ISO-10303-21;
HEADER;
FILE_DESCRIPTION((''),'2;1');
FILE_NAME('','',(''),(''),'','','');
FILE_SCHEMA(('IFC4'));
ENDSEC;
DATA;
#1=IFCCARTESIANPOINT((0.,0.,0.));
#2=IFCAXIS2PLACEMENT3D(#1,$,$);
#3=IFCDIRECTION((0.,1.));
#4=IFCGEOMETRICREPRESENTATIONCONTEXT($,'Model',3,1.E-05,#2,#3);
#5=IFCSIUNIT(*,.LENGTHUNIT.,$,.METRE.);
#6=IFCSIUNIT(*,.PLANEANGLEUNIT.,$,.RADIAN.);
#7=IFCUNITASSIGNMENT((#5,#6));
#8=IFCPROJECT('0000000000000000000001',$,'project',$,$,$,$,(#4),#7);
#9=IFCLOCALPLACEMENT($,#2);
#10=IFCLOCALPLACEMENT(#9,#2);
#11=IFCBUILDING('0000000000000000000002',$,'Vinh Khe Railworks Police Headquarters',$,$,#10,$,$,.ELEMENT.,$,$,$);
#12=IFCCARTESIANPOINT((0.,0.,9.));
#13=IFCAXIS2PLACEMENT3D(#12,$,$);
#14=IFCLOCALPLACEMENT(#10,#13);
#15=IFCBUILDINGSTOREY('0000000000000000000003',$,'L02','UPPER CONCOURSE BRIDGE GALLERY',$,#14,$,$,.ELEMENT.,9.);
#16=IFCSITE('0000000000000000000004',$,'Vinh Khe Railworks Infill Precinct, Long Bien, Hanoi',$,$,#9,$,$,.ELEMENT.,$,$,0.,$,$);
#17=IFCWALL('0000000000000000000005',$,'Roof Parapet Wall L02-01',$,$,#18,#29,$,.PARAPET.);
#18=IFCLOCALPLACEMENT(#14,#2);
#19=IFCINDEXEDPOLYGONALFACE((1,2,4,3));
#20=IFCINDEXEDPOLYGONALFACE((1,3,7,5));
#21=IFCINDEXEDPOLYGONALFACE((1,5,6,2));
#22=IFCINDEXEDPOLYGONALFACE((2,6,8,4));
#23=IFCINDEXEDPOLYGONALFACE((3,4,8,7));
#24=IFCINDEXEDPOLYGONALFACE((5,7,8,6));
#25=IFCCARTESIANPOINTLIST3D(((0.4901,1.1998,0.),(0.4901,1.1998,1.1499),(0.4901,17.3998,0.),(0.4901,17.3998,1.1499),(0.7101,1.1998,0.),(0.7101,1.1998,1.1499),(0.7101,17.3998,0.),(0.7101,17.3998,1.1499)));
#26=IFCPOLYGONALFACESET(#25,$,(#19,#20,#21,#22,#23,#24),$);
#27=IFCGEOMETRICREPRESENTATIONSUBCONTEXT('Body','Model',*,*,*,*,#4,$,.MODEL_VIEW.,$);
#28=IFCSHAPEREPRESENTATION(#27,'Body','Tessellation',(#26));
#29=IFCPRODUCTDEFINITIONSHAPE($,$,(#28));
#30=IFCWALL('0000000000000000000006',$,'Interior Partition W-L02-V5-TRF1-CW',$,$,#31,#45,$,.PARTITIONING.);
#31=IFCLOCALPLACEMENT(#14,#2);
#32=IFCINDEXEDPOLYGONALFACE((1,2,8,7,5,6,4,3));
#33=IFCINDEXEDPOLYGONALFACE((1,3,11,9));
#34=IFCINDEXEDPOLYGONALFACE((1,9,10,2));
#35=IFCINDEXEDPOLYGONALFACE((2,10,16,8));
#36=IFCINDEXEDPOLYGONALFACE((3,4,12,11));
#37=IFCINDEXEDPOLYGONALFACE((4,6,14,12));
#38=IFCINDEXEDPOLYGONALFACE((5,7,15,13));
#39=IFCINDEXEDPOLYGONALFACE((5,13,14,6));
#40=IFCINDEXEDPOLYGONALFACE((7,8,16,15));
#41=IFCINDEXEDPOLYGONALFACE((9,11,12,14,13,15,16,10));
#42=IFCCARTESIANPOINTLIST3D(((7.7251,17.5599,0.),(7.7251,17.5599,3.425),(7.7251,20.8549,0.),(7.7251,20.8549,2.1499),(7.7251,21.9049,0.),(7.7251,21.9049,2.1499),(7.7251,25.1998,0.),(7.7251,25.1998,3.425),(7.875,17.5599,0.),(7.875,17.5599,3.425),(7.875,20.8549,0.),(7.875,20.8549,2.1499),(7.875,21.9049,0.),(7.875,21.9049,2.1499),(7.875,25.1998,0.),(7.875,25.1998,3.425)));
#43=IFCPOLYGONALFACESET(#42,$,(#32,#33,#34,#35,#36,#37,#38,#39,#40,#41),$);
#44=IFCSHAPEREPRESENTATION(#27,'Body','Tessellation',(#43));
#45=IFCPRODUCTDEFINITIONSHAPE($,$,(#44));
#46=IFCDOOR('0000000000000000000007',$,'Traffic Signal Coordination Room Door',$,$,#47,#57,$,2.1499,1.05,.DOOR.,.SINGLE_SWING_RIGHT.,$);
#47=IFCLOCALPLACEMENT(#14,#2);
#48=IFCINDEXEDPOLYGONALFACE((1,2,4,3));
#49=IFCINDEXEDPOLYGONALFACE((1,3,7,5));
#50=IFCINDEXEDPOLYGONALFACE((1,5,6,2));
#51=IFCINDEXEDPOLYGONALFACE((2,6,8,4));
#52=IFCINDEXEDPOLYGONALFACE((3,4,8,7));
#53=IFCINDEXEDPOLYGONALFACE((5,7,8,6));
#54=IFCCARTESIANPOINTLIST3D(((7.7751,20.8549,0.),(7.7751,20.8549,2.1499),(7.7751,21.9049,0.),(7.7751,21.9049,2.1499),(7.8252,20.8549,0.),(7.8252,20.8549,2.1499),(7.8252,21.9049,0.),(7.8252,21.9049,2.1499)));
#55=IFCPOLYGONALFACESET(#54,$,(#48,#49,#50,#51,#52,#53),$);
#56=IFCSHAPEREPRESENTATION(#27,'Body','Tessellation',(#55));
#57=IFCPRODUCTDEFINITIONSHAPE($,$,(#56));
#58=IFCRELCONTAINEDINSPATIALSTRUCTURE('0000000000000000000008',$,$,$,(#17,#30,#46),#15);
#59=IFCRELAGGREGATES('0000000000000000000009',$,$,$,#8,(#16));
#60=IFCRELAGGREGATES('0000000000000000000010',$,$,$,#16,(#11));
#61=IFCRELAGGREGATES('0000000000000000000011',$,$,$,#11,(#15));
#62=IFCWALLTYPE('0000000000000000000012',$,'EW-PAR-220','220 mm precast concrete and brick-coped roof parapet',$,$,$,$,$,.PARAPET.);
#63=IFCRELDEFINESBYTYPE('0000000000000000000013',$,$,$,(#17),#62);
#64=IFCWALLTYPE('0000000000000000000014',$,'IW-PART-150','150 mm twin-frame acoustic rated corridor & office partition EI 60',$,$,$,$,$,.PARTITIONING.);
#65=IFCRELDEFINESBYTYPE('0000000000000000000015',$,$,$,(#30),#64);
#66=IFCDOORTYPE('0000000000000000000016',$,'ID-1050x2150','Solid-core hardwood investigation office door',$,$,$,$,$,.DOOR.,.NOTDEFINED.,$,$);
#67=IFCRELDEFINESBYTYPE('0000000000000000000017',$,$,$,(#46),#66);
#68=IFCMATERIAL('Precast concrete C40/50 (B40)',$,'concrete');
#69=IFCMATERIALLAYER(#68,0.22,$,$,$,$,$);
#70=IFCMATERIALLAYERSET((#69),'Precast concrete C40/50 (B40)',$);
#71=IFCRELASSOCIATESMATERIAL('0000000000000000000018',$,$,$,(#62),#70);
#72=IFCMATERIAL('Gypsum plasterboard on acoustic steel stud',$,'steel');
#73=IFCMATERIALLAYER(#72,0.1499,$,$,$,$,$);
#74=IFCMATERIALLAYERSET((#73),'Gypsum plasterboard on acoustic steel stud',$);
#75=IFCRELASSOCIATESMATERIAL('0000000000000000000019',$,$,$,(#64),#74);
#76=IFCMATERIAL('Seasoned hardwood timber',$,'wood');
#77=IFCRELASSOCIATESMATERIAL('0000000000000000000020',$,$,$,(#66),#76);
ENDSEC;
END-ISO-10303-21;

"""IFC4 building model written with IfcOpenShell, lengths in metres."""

from ifc_helpers import new_model, si_unit, direction, frame, frame_2d, origin, place, context, subcontext, project, spatial, rectangle, extrude, material, layer, layer_set, type_object, element, fill, save


model = new_model("IFC4")

# Units and contexts
model_context = context("Model", 3, precision=1e-05, world=origin(), true_north=direction((0.0, 1.0)))
body_context = subcontext(model_context, "Body", "Model", "MODEL_VIEW")
ifc_project = project(units=[si_unit("LENGTHUNIT", "METRE"), si_unit("PLANEANGLEUNIT", "RADIAN")], contexts=[model_context])

# Site, building, storey
site_placement = place(None, origin())
site = spatial("IfcSite", under=ifc_project, at=site_placement, Name="Vinh Khe Railworks Infill Precinct, Long Bien, Hanoi", CompositionType="ELEMENT", RefElevation=0.0)
building_placement = place(site_placement, origin())
building = spatial("IfcBuilding", under=site, at=building_placement, Name="Vinh Khe Railworks Police Headquarters", CompositionType="ELEMENT")
storey_placement = place(building_placement, frame((0.0, 0.0, 9.0)))
storey = spatial("IfcBuildingStorey", under=building, at=storey_placement, Name="L02", Description="UPPER CONCOURSE BRIDGE GALLERY", CompositionType="ELEMENT", Elevation=9.0)

# Wall
ifc_material_1 = material(Name="Precast concrete C40/50 (B40)", Category="concrete")
ifc_layer_1 = layer(ifc_material_1, 0.22)
ifc_layer_set_1 = layer_set([ifc_layer_1], Name="Precast concrete C40/50 (B40)")
wall_type_1 = type_object("IfcWallType", Name="EW-PAR-220", Description="220 mm precast concrete and brick-coped roof parapet", PredefinedType="PARAPET", material=ifc_layer_set_1)
wall_1_placement = place(storey_placement, frame((0.6001, 17.3999, 0.0), z_axis=(0.0, 0.0, 1.0), x_axis=(0.0, -1.0, 0.0)))
element("IfcWall", 1, at=wall_1_placement, inside=storey, type_object=wall_type_1, Name="Roof Parapet Wall L02-01", PredefinedType="PARAPET", context=body_context, shape_type="SweptSolid", body=[
    extrude(rectangle(XDim=16.2, YDim=0.22, at=frame_2d((8.1001, 0.0))), origin(), (0.0, 0.0, 1.0), 1.1499),
])

# Wall, opening, door
ifc_material_2 = material(Name="Gypsum plasterboard on acoustic steel stud", Category="steel")
ifc_layer_2 = layer(ifc_material_2, 0.1499)
ifc_layer_set_2 = layer_set([ifc_layer_2], Name="Gypsum plasterboard on acoustic steel stud")
wall_type_2 = type_object("IfcWallType", Name="IW-PART-150", Description="150 mm twin-frame acoustic rated corridor & office partition EI 60", PredefinedType="PARTITIONING", material=ifc_layer_set_2)
wall_2_placement = place(storey_placement, frame((7.8, 17.5601, 0.0), z_axis=(0.0, 0.0, 1.0), x_axis=(0.0, 1.0, 0.0)))
wall_2 = element("IfcWall", 2, at=wall_2_placement, inside=storey, type_object=wall_type_2, Name="Interior Partition W-L02-V5-TRF1-CW", PredefinedType="PARTITIONING", context=body_context, shape_type="SweptSolid", body=[
    extrude(rectangle(XDim=7.6399, YDim=0.1499, at=frame_2d((3.8198, 0.0))), origin(), (0.0, 0.0, 1.0), 3.425),
])
opening_1_placement = place(wall_2_placement, frame((3.2949, 0.0, 0.0)))
opening_1 = element("IfcOpeningElement", 3, at=opening_1_placement, cuts=wall_2, PredefinedType="OPENING", context=body_context, shape_type="SweptSolid", body=[
    extrude(rectangle(XDim=1.05, YDim=2.1499, at=frame_2d((0.5249, 1.075))), frame((0.0, 0.0898, 0.0), z_axis=(0.0, -1.0, 0.0), x_axis=(1.0, 0.0, 0.0)), (0.0, 0.0, 1.0), 0.1797),
])
ifc_material_3 = material(Name="Seasoned hardwood timber", Category="wood")
door_type_1 = type_object("IfcDoorType", Name="ID-1050x2150", Description="Solid-core hardwood investigation office door", OperationType="NOTDEFINED", PredefinedType="DOOR", material=ifc_material_3)
door_1_placement = place(opening_1_placement, origin())
door_1 = element("IfcDoor", 4, at=door_1_placement, inside=storey, type_object=door_type_1, Name="Traffic Signal Coordination Room Door", OperationType="SINGLE_SWING_RIGHT", OverallHeight=2.1499, OverallWidth=1.05, PredefinedType="DOOR", context=body_context, shape_type="SweptSolid", body=[
    extrude(rectangle(XDim=1.05, YDim=2.1499, at=frame_2d((0.5249, 1.075))), frame((0.0, 0.0249, 0.0), z_axis=(0.0, -1.0, 0.0), x_axis=(1.0, 0.0, 0.0)), (0.0, 0.0, 1.0), 0.05),
])
fill(opening_1, door_1)

save(model, "model.ifc")
